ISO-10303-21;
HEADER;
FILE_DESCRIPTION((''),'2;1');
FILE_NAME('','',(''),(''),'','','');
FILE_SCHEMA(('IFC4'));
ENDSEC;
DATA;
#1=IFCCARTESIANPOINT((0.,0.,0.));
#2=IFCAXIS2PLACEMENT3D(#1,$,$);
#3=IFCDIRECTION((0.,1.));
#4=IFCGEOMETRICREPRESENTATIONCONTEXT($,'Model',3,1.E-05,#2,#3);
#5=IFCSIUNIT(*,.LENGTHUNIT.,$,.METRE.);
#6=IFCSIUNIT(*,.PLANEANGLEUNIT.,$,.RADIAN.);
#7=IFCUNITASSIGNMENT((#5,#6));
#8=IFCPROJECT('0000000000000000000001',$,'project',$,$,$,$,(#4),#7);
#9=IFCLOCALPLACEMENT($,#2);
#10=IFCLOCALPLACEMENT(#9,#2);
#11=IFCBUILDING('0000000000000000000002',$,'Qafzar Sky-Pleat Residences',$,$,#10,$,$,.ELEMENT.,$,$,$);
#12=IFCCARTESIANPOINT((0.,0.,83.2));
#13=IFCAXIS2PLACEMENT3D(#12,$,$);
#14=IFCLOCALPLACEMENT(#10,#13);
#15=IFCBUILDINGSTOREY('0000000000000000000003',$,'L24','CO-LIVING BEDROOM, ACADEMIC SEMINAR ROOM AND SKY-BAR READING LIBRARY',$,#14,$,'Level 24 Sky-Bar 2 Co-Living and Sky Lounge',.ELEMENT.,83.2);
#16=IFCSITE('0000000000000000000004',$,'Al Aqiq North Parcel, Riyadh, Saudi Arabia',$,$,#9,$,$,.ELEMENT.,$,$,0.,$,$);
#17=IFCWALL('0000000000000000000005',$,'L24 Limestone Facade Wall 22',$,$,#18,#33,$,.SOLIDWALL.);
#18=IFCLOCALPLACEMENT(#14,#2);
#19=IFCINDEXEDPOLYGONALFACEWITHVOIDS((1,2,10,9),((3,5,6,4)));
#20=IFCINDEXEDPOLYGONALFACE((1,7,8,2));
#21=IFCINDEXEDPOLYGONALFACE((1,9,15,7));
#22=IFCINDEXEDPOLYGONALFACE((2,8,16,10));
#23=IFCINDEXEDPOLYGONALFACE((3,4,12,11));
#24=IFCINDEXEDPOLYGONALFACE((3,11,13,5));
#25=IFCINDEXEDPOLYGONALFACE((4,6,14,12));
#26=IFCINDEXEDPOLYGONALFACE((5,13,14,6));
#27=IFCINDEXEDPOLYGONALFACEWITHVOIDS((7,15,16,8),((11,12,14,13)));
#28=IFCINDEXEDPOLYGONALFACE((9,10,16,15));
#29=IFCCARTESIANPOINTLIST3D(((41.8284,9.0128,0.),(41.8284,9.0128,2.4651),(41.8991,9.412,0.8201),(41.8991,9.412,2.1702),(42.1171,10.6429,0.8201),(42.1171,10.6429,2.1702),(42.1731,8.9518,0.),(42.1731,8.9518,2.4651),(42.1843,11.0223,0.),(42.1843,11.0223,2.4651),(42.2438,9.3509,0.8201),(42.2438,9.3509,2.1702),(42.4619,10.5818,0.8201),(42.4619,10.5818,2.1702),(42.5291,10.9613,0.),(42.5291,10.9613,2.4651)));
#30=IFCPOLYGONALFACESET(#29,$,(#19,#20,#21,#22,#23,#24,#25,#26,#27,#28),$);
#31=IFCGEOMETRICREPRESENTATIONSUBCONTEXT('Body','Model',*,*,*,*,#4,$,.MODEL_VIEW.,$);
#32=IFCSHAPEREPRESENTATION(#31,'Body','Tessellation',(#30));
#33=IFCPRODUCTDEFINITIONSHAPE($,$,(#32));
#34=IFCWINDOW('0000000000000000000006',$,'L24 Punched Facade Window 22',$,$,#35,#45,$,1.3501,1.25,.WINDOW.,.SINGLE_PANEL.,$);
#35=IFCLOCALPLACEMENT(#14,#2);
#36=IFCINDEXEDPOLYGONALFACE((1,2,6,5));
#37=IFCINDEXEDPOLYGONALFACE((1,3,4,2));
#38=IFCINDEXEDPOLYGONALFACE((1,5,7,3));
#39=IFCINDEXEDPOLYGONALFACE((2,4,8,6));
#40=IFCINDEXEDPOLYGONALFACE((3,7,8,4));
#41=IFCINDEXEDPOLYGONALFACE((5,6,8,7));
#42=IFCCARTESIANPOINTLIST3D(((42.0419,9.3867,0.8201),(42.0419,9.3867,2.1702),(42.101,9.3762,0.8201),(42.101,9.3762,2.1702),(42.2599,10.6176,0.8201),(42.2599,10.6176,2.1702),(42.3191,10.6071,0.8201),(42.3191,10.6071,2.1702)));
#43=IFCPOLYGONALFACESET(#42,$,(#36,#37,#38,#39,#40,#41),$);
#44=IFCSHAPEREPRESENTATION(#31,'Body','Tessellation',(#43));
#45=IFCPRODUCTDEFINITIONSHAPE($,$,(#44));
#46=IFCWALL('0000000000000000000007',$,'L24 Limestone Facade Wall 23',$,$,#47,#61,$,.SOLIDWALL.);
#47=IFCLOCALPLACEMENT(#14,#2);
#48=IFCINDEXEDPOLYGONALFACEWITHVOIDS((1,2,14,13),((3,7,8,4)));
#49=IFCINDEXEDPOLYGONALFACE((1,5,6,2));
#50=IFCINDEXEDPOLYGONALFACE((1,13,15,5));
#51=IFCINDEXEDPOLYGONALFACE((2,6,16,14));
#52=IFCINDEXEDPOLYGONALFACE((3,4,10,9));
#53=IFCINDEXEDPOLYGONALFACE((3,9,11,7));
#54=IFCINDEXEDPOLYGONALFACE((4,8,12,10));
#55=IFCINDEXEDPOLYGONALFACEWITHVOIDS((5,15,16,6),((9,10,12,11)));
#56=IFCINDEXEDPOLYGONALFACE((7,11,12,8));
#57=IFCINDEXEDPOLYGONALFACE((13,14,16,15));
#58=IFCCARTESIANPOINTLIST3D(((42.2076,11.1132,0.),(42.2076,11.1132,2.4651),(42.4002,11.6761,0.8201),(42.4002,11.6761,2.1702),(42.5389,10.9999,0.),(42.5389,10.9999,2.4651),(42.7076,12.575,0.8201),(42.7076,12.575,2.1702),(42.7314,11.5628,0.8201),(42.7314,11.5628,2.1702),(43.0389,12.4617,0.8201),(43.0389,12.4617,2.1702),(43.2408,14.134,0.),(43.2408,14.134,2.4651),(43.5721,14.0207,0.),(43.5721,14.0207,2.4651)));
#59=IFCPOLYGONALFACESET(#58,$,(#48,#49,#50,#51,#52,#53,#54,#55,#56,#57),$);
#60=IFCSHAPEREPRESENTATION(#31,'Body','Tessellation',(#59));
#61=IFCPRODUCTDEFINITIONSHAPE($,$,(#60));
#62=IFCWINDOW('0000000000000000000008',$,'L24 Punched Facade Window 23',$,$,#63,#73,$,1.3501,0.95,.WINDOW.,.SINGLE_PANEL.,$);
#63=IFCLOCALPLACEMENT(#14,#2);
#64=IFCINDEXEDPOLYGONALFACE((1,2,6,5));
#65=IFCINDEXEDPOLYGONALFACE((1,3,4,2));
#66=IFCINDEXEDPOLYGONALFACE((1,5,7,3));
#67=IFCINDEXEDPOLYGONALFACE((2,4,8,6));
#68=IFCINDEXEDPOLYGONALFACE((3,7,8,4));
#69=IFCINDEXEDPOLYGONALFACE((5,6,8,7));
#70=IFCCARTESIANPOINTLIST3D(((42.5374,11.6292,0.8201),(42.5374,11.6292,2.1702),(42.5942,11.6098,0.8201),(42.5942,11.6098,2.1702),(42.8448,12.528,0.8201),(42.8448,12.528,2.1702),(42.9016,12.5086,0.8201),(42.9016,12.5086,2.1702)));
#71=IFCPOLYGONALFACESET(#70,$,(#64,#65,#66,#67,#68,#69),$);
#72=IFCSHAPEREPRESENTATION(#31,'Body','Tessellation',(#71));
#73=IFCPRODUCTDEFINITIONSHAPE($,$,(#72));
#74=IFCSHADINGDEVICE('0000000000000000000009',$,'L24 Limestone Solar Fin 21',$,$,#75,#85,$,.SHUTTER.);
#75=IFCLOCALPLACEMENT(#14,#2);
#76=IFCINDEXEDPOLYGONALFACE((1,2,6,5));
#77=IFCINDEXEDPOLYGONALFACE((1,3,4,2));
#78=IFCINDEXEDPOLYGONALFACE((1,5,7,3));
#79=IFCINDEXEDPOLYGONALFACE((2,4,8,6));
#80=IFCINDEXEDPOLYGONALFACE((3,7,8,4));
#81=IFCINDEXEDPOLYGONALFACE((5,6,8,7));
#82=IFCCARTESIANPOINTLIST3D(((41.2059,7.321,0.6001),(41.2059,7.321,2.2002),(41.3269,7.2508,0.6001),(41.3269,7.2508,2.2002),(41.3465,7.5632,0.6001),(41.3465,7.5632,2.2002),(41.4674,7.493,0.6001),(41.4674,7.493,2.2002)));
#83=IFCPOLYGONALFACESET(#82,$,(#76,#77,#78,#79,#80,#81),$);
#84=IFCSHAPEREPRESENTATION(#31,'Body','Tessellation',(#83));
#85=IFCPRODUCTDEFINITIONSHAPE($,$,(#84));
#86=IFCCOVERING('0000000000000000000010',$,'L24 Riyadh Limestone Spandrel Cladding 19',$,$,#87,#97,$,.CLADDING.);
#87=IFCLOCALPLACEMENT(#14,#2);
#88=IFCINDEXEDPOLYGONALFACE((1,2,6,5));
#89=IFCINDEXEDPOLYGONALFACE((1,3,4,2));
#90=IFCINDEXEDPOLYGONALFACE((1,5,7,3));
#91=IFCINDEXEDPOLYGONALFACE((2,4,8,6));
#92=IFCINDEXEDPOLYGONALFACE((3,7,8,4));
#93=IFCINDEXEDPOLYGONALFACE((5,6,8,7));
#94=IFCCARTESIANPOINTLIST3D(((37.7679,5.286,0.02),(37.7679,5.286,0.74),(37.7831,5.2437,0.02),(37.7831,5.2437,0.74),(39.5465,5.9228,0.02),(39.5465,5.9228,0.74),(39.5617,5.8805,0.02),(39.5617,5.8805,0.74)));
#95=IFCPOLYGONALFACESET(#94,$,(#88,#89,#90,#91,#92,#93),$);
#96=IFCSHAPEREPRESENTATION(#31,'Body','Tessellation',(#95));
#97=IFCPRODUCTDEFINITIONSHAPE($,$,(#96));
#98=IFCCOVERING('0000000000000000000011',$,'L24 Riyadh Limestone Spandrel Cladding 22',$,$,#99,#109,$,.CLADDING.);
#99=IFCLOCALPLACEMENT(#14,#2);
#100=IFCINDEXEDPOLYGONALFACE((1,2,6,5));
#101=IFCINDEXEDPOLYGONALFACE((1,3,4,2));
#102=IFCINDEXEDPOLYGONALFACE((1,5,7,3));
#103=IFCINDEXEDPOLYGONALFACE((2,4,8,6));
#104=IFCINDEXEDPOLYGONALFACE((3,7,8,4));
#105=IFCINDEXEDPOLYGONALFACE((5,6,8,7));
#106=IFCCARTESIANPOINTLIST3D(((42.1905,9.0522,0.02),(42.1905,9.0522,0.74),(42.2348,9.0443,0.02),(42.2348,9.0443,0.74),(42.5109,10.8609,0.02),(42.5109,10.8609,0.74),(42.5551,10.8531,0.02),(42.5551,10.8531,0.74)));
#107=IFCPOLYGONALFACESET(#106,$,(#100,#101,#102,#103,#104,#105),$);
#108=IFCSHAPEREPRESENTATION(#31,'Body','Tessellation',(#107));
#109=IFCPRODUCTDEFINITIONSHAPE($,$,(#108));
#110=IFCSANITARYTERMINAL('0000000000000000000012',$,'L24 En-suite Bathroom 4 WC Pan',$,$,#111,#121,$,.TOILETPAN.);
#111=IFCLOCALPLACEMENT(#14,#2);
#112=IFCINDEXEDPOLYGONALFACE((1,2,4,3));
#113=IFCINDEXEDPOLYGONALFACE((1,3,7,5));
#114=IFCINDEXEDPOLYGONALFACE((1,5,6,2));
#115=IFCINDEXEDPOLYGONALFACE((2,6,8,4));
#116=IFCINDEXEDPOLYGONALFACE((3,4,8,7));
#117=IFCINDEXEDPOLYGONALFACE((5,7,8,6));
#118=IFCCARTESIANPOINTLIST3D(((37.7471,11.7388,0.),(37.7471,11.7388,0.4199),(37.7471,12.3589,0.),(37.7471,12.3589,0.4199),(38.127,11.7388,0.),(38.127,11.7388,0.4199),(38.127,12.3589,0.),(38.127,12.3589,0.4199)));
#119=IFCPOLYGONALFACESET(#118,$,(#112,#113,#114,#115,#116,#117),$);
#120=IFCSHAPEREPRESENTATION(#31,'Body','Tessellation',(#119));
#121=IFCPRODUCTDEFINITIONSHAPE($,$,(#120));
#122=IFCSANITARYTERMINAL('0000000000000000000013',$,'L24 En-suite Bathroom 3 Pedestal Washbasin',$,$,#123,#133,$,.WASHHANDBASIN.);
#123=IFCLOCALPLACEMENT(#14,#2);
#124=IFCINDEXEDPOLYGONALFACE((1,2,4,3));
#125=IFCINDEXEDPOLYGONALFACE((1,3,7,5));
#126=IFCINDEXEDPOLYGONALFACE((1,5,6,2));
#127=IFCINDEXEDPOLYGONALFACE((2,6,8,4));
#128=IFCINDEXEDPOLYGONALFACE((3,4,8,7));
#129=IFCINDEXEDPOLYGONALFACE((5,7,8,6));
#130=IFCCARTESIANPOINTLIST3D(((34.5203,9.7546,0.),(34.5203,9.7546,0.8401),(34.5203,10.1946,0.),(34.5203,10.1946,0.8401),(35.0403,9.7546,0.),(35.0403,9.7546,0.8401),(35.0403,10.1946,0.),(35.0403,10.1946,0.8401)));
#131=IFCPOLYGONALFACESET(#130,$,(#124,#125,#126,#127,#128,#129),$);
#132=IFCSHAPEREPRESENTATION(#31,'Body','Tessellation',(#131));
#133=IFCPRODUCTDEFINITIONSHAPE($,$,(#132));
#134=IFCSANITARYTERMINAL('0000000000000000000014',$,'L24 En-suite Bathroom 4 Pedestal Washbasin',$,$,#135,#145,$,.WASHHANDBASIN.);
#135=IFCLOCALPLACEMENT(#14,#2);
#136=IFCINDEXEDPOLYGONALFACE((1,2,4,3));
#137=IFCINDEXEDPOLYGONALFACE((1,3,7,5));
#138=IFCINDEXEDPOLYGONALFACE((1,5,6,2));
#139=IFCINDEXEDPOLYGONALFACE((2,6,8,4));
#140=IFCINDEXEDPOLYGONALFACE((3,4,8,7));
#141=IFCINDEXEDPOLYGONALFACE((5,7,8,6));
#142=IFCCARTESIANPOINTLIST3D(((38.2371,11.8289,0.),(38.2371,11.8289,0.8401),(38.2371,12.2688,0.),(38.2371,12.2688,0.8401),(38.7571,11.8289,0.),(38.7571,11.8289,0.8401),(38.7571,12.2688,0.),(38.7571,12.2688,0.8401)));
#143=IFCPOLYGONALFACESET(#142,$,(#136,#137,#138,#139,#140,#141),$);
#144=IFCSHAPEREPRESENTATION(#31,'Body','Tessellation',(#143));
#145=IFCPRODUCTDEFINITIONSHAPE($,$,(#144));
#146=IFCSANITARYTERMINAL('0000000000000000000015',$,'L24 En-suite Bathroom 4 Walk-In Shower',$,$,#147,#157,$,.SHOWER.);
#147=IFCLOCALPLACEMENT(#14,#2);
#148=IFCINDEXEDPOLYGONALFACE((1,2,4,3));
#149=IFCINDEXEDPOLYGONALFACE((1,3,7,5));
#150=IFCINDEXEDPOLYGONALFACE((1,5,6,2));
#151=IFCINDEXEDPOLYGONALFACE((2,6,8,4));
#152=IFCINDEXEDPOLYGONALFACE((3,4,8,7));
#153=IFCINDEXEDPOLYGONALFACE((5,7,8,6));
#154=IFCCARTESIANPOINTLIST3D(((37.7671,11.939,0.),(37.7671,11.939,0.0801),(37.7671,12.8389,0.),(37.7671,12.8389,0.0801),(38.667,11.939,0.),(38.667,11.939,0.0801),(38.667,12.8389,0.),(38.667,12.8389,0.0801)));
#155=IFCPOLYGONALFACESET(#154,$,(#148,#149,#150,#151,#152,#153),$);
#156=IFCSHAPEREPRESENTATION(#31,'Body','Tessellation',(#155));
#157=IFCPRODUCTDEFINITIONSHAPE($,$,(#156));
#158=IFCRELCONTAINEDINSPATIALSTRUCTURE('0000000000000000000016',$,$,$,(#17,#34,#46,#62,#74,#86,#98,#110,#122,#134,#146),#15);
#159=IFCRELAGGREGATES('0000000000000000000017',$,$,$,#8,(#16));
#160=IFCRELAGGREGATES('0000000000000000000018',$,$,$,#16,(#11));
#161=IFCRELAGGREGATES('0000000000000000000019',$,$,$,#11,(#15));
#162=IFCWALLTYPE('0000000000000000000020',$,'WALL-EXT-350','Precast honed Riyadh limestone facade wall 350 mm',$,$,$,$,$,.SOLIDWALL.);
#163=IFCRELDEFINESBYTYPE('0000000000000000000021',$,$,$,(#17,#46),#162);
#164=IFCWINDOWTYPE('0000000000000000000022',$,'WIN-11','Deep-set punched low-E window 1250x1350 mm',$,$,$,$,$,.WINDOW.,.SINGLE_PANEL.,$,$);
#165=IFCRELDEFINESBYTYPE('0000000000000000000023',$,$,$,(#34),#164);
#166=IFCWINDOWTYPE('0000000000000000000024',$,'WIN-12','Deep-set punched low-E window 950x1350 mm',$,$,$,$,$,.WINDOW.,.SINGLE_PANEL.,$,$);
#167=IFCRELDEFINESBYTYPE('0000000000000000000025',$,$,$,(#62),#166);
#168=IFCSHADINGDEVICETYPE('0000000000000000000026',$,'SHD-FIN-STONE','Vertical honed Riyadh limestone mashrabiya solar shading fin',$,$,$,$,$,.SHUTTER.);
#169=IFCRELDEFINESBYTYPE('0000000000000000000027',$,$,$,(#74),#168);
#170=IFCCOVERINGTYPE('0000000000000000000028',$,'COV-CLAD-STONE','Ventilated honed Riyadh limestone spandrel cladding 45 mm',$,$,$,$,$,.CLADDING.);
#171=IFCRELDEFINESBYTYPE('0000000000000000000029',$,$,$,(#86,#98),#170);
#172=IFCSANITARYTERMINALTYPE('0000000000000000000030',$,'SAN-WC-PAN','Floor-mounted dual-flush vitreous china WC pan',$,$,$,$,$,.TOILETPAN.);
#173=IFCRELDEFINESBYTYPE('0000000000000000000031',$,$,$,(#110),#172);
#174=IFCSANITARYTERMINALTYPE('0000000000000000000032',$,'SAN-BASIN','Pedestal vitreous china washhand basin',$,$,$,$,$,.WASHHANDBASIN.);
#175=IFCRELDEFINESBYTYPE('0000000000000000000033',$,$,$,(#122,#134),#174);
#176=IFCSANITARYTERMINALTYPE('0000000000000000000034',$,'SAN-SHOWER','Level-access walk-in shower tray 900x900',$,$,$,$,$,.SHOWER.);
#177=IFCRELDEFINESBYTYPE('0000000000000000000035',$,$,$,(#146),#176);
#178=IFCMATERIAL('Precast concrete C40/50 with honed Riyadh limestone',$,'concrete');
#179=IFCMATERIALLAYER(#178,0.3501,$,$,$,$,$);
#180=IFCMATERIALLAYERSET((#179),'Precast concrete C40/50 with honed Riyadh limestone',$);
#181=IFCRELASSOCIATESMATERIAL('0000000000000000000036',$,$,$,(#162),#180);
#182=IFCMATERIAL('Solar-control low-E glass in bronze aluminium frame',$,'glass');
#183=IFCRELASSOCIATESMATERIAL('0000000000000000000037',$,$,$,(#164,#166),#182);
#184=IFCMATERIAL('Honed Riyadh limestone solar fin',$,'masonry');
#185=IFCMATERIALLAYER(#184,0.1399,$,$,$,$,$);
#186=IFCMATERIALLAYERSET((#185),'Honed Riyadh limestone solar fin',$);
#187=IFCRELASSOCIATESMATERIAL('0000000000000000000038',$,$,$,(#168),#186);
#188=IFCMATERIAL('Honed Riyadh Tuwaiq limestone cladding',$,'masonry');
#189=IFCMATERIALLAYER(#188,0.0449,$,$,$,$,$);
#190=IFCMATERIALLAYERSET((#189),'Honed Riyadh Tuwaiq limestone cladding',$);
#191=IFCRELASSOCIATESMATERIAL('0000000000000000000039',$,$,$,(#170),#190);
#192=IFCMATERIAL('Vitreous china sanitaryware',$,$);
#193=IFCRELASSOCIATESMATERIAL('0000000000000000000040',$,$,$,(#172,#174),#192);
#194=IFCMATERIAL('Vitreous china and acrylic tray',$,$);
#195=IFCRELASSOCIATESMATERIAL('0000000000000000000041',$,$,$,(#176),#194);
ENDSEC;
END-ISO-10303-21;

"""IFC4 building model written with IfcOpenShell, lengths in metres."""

from ifc_helpers import new_model, si_unit, direction, frame, frame_2d, origin, origin_2d, place, context, subcontext, project, spatial, rectangle, extrude, source, transform, mapped, material, layer, layer_set, type_object, element, fill, save


model = new_model("IFC4")

# Units and contexts
model_context = context("Model", 3, precision=1e-05, world=origin(), true_north=direction((0.0, 1.0)))
body_context = subcontext(model_context, "Body", "Model", "MODEL_VIEW")
ifc_project = project(units=[si_unit("LENGTHUNIT", "METRE"), si_unit("PLANEANGLEUNIT", "RADIAN")], contexts=[model_context])

# Site, building, storey
site_placement = place(None, origin())
site = spatial("IfcSite", under=ifc_project, at=site_placement, Name="Al Aqiq North Parcel, Riyadh, Saudi Arabia", CompositionType="ELEMENT", RefElevation=0.0)
building_placement = place(site_placement, origin())
building = spatial("IfcBuilding", under=site, at=building_placement, Name="Qafzar Sky-Pleat Residences", CompositionType="ELEMENT")
storey_placement = place(building_placement, frame((0.0, 0.0, 83.2)))
storey = spatial("IfcBuildingStorey", under=building, at=storey_placement, Name="L24", Description="CO-LIVING BEDROOM, ACADEMIC SEMINAR ROOM AND SKY-BAR READING LIBRARY", LongName="Level 24 Sky-Bar 2 Co-Living and Sky Lounge", CompositionType="ELEMENT", Elevation=83.2)

# Walls, openings, windows
ifc_material_1 = material(Name="Precast concrete C40/50 with honed Riyadh limestone", Category="concrete")
ifc_layer_1 = layer(ifc_material_1, 0.3501)
ifc_layer_set_1 = layer_set([ifc_layer_1], Name="Precast concrete C40/50 with honed Riyadh limestone")
wall_type_1 = type_object("IfcWallType", Name="WALL-EXT-350", Description="Precast honed Riyadh limestone facade wall 350 mm", PredefinedType="SOLIDWALL", material=ifc_layer_set_1)
ifc_material_2 = material(Name="Solar-control low-E glass in bronze aluminium frame", Category="glass")
window_type_1 = type_object("IfcWindowType", Name="WIN-11", Description="Deep-set punched low-E window 1250x1350 mm", PartitioningType="SINGLE_PANEL", PredefinedType="WINDOW", material=ifc_material_2)
shared_shape_1 = source(origin(), body_context, "Body", "SweptSolid", [
    extrude(rectangle(XDim=1.25, YDim=1.3501, at=frame_2d((0.625, 0.675))), frame((0.0, 0.03, 0.0), z_axis=(0.0, -1.0, 0.0), x_axis=(1.0, 0.0, 0.0)), (0.0, 0.0, 1.0), 0.0601),
])
wall_1_placement = place(storey_placement, frame((42.0007, 8.9822, 0.0), z_axis=(0.0, 0.0, 1.0), x_axis=(0.17442, 0.984671, 0.0)))
wall_1 = element("IfcWall", 1, at=wall_1_placement, inside=storey, type_object=wall_type_1, Name="L24 Limestone Facade Wall 22", PredefinedType="SOLIDWALL", context=body_context, shape_type="SweptSolid", body=[
    extrude(rectangle(XDim=2.0408, YDim=0.3501, at=frame_2d((1.0205, 0.0))), origin(), (0.0, 0.0, 1.0), 2.4651),
])
opening_1_placement = place(wall_1_placement, frame((0.4055, 0.0, 0.8201)))
opening_1 = element("IfcOpeningElement", 2, at=opening_1_placement, cuts=wall_1, PredefinedType="OPENING", context=body_context, shape_type="SweptSolid", body=[
    extrude(rectangle(XDim=1.25, YDim=1.3501, at=frame_2d((0.625, 0.675))), frame((0.0, 0.1851, 0.0), z_axis=(0.0, -1.0, 0.0), x_axis=(1.0, 0.0, 0.0)), (0.0, 0.0, 1.0), 0.3701),
])
window_1_placement = place(opening_1_placement, origin())
window_1 = element("IfcWindow", 3, at=window_1_placement, inside=storey, type_object=window_type_1, Name="L24 Punched Facade Window 22", OverallHeight=1.3501, OverallWidth=1.25, PartitioningType="SINGLE_PANEL", PredefinedType="WINDOW", context=body_context, shape_type="MappedRepresentation", body=[
    mapped(shared_shape_1, transform((0.0, 0.0, 0.0), x_axis=(1.0, 0.0, 0.0), y_axis=(0.0, 1.0, 0.0), z_axis=(0.0, 0.0, 1.0), scale=1.0)),
])
fill(opening_1, window_1)
wall_2_placement = place(storey_placement, frame((42.3733, 11.0566, 0.0), z_axis=(0.0, 0.0, 1.0), x_axis=(0.323628, 0.946184, 0.0)))
wall_2 = element("IfcWall", 4, at=wall_2_placement, inside=storey, type_object=wall_type_1, Name="L24 Limestone Facade Wall 23", PredefinedType="SOLIDWALL", context=body_context, shape_type="SweptSolid", body=[
    extrude(rectangle(XDim=3.1926, YDim=0.3501, at=frame_2d((1.5962, 0.0))), origin(), (0.0, 0.0, 1.0), 2.4651),
])
opening_2_placement = place(wall_2_placement, frame((0.5947, 0.0, 0.8201)))
opening_2 = element("IfcOpeningElement", 5, at=opening_2_placement, cuts=wall_2, PredefinedType="OPENING", context=body_context, shape_type="SweptSolid", body=[
    extrude(rectangle(XDim=0.95, YDim=1.3501, at=frame_2d((0.4751, 0.675))), frame((0.0, 0.1851, 0.0), z_axis=(0.0, -1.0, 0.0), x_axis=(1.0, 0.0, 0.0)), (0.0, 0.0, 1.0), 0.3701),
])
window_type_2 = type_object("IfcWindowType", Name="WIN-12", Description="Deep-set punched low-E window 950x1350 mm", PartitioningType="SINGLE_PANEL", PredefinedType="WINDOW", material=ifc_material_2)
shared_shape_2 = source(origin(), body_context, "Body", "SweptSolid", [
    extrude(rectangle(XDim=0.95, YDim=1.3501, at=frame_2d((0.4751, 0.675))), frame((0.0, 0.03, 0.0), z_axis=(0.0, -1.0, 0.0), x_axis=(1.0, 0.0, 0.0)), (0.0, 0.0, 1.0), 0.0601),
])
window_2_placement = place(opening_2_placement, origin())
window_2 = element("IfcWindow", 6, at=window_2_placement, inside=storey, type_object=window_type_2, Name="L24 Punched Facade Window 23", OverallHeight=1.3501, OverallWidth=0.95, PartitioningType="SINGLE_PANEL", PredefinedType="WINDOW", context=body_context, shape_type="MappedRepresentation", body=[
    mapped(shared_shape_2, transform((0.0, 0.0, 0.0), x_axis=(1.0, 0.0, 0.0), y_axis=(0.0, 1.0, 0.0), z_axis=(0.0, 0.0, 1.0), scale=1.0)),
])
fill(opening_2, window_2)

# Shading device
ifc_material_3 = material(Name="Honed Riyadh limestone solar fin", Category="masonry")
ifc_layer_2 = layer(ifc_material_3, 0.1399)
ifc_layer_set_2 = layer_set([ifc_layer_2], Name="Honed Riyadh limestone solar fin")
shading_device_type = type_object("IfcShadingDeviceType", Name="SHD-FIN-STONE", Description="Vertical honed Riyadh limestone mashrabiya solar shading fin", PredefinedType="SHUTTER", material=ifc_layer_set_2)
shared_shape_3 = source(origin(), body_context, "Body", "SweptSolid", [
    extrude(rectangle(XDim=0.1399, YDim=0.28, at=origin_2d()), origin(), (0.0, 0.0, 1.0), 1.6001),
])
shading_device_placement = place(storey_placement, frame((41.3367, 7.407, 0.6001), z_axis=(0.0, 0.0, 1.0), x_axis=(0.864908, -0.50193, 0.0)))
element("IfcShadingDevice", 7, at=shading_device_placement, inside=storey, type_object=shading_device_type, Name="L24 Limestone Solar Fin 21", PredefinedType="SHUTTER", context=body_context, shape_type="MappedRepresentation", body=[
    mapped(shared_shape_3, transform((0.0, 0.0, 0.0), x_axis=(1.0, 0.0, 0.0), y_axis=(0.0, 1.0, 0.0), z_axis=(0.0, 0.0, 1.0), scale=1.0)),
])

# Coverings
ifc_material_4 = material(Name="Honed Riyadh Tuwaiq limestone cladding", Category="masonry")
ifc_layer_3 = layer(ifc_material_4, 0.0449)
ifc_layer_set_3 = layer_set([ifc_layer_3], Name="Honed Riyadh Tuwaiq limestone cladding")
covering_type = type_object("IfcCoveringType", Name="COV-CLAD-STONE", Description="Ventilated honed Riyadh limestone spandrel cladding 45 mm", PredefinedType="CLADDING", material=ifc_layer_set_3)
shared_shape_4 = source(origin(), body_context, "Body", "SweptSolid", [
    extrude(rectangle(XDim=1.8892, YDim=0.0449, at=origin_2d()), origin(), (0.0, 0.0, 1.0), 0.72),
])
covering_1_placement = place(storey_placement, frame((38.6648, 5.5833, 0.02), z_axis=(0.0, 0.0, 1.0), x_axis=(0.941468, 0.337103, 0.0)))
element("IfcCovering", 8, at=covering_1_placement, inside=storey, type_object=covering_type, Name="L24 Riyadh Limestone Spandrel Cladding 19", PredefinedType="CLADDING", context=body_context, shape_type="MappedRepresentation", body=[
    mapped(shared_shape_4, transform((0.0, 0.0, 0.0), x_axis=(1.0, 0.0, 0.0), y_axis=(0.0, 1.0, 0.0), z_axis=(0.0, 0.0, 1.0), scale=1.0)),
])
shared_shape_5 = source(origin(), body_context, "Body", "SweptSolid", [
    extrude(rectangle(XDim=1.8369, YDim=0.0449, at=origin_2d()), origin(), (0.0, 0.0, 1.0), 0.72),
])
covering_2_placement = place(storey_placement, frame((42.3728, 9.9526, 0.02), z_axis=(0.0, 0.0, 1.0), x_axis=(0.174386, 0.984677, 0.0)))
element("IfcCovering", 9, at=covering_2_placement, inside=storey, type_object=covering_type, Name="L24 Riyadh Limestone Spandrel Cladding 22", PredefinedType="CLADDING", context=body_context, shape_type="MappedRepresentation", body=[
    mapped(shared_shape_5, transform((0.0, 0.0, 0.0), x_axis=(1.0, 0.0, 0.0), y_axis=(0.0, 1.0, 0.0), z_axis=(0.0, 0.0, 1.0), scale=1.0)),
])

# Sanitary terminals
ifc_material_5 = material(Name="Vitreous china sanitaryware")
sanitary_terminal_type_1 = type_object("IfcSanitaryTerminalType", Name="SAN-WC-PAN", Description="Floor-mounted dual-flush vitreous china WC pan", PredefinedType="TOILETPAN", material=ifc_material_5)
shared_shape_6 = source(origin(), body_context, "Body", "SweptSolid", [
    extrude(rectangle(XDim=0.3799, YDim=0.6201, at=origin_2d()), origin(), (0.0, 0.0, 1.0), 0.4199),
])
sanitary_terminal_1_placement = place(storey_placement, frame((37.937, 12.0488, 0.0), z_axis=(0.0, 0.0, 1.0), x_axis=(1.0, 0.0, 0.0)))
element("IfcSanitaryTerminal", 10, at=sanitary_terminal_1_placement, inside=storey, type_object=sanitary_terminal_type_1, Name="L24 En-suite Bathroom 4 WC Pan", PredefinedType="TOILETPAN", context=body_context, shape_type="MappedRepresentation", body=[
    mapped(shared_shape_6, transform((0.0, 0.0, 0.0), x_axis=(1.0, 0.0, 0.0), y_axis=(0.0, 1.0, 0.0), z_axis=(0.0, 0.0, 1.0), scale=1.0)),
])
sanitary_terminal_type_2 = type_object("IfcSanitaryTerminalType", Name="SAN-BASIN", Description="Pedestal vitreous china washhand basin", PredefinedType="WASHHANDBASIN", material=ifc_material_5)
shared_shape_7 = source(origin(), body_context, "Body", "SweptSolid", [
    extrude(rectangle(XDim=0.52, YDim=0.4399, at=origin_2d()), origin(), (0.0, 0.0, 1.0), 0.8401),
])
for number, where, z_axis, x_axis, name in (
    (11, (34.7803, 9.9746, 0.0), (0.0, 0.0, 1.0), (1.0, 0.0, 0.0), "L24 En-suite Bathroom 3 Pedestal Washbasin"),
    (12, (38.4971, 12.0488, 0.0), (0.0, 0.0, 1.0), (1.0, 0.0, 0.0), "L24 En-suite Bathroom 4 Pedestal Washbasin"),
):
    element("IfcSanitaryTerminal", number, at=place(storey_placement, frame(where, z_axis=z_axis, x_axis=x_axis)), inside=storey, type_object=sanitary_terminal_type_2, Name=name, PredefinedType="WASHHANDBASIN", context=body_context, shape_type="MappedRepresentation", body=[
        mapped(shared_shape_7, transform((0.0, 0.0, 0.0), x_axis=(1.0, 0.0, 0.0), y_axis=(0.0, 1.0, 0.0), z_axis=(0.0, 0.0, 1.0), scale=1.0)),
    ])
ifc_material_6 = material(Name="Vitreous china and acrylic tray")
sanitary_terminal_type_3 = type_object("IfcSanitaryTerminalType", Name="SAN-SHOWER", Description="Level-access walk-in shower tray 900x900", PredefinedType="SHOWER", material=ifc_material_6)
shared_shape_8 = source(origin(), body_context, "Body", "SweptSolid", [
    extrude(rectangle(XDim=0.8999, YDim=0.8999, at=origin_2d()), origin(), (0.0, 0.0, 1.0), 0.0801),
])
sanitary_terminal_2_placement = place(storey_placement, frame((38.217, 12.3889, 0.0), z_axis=(0.0, 0.0, 1.0), x_axis=(1.0, 0.0, 0.0)))
element("IfcSanitaryTerminal", 13, at=sanitary_terminal_2_placement, inside=storey, type_object=sanitary_terminal_type_3, Name="L24 En-suite Bathroom 4 Walk-In Shower", PredefinedType="SHOWER", context=body_context, shape_type="MappedRepresentation", body=[
    mapped(shared_shape_8, transform((0.0, 0.0, 0.0), x_axis=(1.0, 0.0, 0.0), y_axis=(0.0, 1.0, 0.0), z_axis=(0.0, 0.0, 1.0), scale=1.0)),
])

save(model, "model.ifc")
